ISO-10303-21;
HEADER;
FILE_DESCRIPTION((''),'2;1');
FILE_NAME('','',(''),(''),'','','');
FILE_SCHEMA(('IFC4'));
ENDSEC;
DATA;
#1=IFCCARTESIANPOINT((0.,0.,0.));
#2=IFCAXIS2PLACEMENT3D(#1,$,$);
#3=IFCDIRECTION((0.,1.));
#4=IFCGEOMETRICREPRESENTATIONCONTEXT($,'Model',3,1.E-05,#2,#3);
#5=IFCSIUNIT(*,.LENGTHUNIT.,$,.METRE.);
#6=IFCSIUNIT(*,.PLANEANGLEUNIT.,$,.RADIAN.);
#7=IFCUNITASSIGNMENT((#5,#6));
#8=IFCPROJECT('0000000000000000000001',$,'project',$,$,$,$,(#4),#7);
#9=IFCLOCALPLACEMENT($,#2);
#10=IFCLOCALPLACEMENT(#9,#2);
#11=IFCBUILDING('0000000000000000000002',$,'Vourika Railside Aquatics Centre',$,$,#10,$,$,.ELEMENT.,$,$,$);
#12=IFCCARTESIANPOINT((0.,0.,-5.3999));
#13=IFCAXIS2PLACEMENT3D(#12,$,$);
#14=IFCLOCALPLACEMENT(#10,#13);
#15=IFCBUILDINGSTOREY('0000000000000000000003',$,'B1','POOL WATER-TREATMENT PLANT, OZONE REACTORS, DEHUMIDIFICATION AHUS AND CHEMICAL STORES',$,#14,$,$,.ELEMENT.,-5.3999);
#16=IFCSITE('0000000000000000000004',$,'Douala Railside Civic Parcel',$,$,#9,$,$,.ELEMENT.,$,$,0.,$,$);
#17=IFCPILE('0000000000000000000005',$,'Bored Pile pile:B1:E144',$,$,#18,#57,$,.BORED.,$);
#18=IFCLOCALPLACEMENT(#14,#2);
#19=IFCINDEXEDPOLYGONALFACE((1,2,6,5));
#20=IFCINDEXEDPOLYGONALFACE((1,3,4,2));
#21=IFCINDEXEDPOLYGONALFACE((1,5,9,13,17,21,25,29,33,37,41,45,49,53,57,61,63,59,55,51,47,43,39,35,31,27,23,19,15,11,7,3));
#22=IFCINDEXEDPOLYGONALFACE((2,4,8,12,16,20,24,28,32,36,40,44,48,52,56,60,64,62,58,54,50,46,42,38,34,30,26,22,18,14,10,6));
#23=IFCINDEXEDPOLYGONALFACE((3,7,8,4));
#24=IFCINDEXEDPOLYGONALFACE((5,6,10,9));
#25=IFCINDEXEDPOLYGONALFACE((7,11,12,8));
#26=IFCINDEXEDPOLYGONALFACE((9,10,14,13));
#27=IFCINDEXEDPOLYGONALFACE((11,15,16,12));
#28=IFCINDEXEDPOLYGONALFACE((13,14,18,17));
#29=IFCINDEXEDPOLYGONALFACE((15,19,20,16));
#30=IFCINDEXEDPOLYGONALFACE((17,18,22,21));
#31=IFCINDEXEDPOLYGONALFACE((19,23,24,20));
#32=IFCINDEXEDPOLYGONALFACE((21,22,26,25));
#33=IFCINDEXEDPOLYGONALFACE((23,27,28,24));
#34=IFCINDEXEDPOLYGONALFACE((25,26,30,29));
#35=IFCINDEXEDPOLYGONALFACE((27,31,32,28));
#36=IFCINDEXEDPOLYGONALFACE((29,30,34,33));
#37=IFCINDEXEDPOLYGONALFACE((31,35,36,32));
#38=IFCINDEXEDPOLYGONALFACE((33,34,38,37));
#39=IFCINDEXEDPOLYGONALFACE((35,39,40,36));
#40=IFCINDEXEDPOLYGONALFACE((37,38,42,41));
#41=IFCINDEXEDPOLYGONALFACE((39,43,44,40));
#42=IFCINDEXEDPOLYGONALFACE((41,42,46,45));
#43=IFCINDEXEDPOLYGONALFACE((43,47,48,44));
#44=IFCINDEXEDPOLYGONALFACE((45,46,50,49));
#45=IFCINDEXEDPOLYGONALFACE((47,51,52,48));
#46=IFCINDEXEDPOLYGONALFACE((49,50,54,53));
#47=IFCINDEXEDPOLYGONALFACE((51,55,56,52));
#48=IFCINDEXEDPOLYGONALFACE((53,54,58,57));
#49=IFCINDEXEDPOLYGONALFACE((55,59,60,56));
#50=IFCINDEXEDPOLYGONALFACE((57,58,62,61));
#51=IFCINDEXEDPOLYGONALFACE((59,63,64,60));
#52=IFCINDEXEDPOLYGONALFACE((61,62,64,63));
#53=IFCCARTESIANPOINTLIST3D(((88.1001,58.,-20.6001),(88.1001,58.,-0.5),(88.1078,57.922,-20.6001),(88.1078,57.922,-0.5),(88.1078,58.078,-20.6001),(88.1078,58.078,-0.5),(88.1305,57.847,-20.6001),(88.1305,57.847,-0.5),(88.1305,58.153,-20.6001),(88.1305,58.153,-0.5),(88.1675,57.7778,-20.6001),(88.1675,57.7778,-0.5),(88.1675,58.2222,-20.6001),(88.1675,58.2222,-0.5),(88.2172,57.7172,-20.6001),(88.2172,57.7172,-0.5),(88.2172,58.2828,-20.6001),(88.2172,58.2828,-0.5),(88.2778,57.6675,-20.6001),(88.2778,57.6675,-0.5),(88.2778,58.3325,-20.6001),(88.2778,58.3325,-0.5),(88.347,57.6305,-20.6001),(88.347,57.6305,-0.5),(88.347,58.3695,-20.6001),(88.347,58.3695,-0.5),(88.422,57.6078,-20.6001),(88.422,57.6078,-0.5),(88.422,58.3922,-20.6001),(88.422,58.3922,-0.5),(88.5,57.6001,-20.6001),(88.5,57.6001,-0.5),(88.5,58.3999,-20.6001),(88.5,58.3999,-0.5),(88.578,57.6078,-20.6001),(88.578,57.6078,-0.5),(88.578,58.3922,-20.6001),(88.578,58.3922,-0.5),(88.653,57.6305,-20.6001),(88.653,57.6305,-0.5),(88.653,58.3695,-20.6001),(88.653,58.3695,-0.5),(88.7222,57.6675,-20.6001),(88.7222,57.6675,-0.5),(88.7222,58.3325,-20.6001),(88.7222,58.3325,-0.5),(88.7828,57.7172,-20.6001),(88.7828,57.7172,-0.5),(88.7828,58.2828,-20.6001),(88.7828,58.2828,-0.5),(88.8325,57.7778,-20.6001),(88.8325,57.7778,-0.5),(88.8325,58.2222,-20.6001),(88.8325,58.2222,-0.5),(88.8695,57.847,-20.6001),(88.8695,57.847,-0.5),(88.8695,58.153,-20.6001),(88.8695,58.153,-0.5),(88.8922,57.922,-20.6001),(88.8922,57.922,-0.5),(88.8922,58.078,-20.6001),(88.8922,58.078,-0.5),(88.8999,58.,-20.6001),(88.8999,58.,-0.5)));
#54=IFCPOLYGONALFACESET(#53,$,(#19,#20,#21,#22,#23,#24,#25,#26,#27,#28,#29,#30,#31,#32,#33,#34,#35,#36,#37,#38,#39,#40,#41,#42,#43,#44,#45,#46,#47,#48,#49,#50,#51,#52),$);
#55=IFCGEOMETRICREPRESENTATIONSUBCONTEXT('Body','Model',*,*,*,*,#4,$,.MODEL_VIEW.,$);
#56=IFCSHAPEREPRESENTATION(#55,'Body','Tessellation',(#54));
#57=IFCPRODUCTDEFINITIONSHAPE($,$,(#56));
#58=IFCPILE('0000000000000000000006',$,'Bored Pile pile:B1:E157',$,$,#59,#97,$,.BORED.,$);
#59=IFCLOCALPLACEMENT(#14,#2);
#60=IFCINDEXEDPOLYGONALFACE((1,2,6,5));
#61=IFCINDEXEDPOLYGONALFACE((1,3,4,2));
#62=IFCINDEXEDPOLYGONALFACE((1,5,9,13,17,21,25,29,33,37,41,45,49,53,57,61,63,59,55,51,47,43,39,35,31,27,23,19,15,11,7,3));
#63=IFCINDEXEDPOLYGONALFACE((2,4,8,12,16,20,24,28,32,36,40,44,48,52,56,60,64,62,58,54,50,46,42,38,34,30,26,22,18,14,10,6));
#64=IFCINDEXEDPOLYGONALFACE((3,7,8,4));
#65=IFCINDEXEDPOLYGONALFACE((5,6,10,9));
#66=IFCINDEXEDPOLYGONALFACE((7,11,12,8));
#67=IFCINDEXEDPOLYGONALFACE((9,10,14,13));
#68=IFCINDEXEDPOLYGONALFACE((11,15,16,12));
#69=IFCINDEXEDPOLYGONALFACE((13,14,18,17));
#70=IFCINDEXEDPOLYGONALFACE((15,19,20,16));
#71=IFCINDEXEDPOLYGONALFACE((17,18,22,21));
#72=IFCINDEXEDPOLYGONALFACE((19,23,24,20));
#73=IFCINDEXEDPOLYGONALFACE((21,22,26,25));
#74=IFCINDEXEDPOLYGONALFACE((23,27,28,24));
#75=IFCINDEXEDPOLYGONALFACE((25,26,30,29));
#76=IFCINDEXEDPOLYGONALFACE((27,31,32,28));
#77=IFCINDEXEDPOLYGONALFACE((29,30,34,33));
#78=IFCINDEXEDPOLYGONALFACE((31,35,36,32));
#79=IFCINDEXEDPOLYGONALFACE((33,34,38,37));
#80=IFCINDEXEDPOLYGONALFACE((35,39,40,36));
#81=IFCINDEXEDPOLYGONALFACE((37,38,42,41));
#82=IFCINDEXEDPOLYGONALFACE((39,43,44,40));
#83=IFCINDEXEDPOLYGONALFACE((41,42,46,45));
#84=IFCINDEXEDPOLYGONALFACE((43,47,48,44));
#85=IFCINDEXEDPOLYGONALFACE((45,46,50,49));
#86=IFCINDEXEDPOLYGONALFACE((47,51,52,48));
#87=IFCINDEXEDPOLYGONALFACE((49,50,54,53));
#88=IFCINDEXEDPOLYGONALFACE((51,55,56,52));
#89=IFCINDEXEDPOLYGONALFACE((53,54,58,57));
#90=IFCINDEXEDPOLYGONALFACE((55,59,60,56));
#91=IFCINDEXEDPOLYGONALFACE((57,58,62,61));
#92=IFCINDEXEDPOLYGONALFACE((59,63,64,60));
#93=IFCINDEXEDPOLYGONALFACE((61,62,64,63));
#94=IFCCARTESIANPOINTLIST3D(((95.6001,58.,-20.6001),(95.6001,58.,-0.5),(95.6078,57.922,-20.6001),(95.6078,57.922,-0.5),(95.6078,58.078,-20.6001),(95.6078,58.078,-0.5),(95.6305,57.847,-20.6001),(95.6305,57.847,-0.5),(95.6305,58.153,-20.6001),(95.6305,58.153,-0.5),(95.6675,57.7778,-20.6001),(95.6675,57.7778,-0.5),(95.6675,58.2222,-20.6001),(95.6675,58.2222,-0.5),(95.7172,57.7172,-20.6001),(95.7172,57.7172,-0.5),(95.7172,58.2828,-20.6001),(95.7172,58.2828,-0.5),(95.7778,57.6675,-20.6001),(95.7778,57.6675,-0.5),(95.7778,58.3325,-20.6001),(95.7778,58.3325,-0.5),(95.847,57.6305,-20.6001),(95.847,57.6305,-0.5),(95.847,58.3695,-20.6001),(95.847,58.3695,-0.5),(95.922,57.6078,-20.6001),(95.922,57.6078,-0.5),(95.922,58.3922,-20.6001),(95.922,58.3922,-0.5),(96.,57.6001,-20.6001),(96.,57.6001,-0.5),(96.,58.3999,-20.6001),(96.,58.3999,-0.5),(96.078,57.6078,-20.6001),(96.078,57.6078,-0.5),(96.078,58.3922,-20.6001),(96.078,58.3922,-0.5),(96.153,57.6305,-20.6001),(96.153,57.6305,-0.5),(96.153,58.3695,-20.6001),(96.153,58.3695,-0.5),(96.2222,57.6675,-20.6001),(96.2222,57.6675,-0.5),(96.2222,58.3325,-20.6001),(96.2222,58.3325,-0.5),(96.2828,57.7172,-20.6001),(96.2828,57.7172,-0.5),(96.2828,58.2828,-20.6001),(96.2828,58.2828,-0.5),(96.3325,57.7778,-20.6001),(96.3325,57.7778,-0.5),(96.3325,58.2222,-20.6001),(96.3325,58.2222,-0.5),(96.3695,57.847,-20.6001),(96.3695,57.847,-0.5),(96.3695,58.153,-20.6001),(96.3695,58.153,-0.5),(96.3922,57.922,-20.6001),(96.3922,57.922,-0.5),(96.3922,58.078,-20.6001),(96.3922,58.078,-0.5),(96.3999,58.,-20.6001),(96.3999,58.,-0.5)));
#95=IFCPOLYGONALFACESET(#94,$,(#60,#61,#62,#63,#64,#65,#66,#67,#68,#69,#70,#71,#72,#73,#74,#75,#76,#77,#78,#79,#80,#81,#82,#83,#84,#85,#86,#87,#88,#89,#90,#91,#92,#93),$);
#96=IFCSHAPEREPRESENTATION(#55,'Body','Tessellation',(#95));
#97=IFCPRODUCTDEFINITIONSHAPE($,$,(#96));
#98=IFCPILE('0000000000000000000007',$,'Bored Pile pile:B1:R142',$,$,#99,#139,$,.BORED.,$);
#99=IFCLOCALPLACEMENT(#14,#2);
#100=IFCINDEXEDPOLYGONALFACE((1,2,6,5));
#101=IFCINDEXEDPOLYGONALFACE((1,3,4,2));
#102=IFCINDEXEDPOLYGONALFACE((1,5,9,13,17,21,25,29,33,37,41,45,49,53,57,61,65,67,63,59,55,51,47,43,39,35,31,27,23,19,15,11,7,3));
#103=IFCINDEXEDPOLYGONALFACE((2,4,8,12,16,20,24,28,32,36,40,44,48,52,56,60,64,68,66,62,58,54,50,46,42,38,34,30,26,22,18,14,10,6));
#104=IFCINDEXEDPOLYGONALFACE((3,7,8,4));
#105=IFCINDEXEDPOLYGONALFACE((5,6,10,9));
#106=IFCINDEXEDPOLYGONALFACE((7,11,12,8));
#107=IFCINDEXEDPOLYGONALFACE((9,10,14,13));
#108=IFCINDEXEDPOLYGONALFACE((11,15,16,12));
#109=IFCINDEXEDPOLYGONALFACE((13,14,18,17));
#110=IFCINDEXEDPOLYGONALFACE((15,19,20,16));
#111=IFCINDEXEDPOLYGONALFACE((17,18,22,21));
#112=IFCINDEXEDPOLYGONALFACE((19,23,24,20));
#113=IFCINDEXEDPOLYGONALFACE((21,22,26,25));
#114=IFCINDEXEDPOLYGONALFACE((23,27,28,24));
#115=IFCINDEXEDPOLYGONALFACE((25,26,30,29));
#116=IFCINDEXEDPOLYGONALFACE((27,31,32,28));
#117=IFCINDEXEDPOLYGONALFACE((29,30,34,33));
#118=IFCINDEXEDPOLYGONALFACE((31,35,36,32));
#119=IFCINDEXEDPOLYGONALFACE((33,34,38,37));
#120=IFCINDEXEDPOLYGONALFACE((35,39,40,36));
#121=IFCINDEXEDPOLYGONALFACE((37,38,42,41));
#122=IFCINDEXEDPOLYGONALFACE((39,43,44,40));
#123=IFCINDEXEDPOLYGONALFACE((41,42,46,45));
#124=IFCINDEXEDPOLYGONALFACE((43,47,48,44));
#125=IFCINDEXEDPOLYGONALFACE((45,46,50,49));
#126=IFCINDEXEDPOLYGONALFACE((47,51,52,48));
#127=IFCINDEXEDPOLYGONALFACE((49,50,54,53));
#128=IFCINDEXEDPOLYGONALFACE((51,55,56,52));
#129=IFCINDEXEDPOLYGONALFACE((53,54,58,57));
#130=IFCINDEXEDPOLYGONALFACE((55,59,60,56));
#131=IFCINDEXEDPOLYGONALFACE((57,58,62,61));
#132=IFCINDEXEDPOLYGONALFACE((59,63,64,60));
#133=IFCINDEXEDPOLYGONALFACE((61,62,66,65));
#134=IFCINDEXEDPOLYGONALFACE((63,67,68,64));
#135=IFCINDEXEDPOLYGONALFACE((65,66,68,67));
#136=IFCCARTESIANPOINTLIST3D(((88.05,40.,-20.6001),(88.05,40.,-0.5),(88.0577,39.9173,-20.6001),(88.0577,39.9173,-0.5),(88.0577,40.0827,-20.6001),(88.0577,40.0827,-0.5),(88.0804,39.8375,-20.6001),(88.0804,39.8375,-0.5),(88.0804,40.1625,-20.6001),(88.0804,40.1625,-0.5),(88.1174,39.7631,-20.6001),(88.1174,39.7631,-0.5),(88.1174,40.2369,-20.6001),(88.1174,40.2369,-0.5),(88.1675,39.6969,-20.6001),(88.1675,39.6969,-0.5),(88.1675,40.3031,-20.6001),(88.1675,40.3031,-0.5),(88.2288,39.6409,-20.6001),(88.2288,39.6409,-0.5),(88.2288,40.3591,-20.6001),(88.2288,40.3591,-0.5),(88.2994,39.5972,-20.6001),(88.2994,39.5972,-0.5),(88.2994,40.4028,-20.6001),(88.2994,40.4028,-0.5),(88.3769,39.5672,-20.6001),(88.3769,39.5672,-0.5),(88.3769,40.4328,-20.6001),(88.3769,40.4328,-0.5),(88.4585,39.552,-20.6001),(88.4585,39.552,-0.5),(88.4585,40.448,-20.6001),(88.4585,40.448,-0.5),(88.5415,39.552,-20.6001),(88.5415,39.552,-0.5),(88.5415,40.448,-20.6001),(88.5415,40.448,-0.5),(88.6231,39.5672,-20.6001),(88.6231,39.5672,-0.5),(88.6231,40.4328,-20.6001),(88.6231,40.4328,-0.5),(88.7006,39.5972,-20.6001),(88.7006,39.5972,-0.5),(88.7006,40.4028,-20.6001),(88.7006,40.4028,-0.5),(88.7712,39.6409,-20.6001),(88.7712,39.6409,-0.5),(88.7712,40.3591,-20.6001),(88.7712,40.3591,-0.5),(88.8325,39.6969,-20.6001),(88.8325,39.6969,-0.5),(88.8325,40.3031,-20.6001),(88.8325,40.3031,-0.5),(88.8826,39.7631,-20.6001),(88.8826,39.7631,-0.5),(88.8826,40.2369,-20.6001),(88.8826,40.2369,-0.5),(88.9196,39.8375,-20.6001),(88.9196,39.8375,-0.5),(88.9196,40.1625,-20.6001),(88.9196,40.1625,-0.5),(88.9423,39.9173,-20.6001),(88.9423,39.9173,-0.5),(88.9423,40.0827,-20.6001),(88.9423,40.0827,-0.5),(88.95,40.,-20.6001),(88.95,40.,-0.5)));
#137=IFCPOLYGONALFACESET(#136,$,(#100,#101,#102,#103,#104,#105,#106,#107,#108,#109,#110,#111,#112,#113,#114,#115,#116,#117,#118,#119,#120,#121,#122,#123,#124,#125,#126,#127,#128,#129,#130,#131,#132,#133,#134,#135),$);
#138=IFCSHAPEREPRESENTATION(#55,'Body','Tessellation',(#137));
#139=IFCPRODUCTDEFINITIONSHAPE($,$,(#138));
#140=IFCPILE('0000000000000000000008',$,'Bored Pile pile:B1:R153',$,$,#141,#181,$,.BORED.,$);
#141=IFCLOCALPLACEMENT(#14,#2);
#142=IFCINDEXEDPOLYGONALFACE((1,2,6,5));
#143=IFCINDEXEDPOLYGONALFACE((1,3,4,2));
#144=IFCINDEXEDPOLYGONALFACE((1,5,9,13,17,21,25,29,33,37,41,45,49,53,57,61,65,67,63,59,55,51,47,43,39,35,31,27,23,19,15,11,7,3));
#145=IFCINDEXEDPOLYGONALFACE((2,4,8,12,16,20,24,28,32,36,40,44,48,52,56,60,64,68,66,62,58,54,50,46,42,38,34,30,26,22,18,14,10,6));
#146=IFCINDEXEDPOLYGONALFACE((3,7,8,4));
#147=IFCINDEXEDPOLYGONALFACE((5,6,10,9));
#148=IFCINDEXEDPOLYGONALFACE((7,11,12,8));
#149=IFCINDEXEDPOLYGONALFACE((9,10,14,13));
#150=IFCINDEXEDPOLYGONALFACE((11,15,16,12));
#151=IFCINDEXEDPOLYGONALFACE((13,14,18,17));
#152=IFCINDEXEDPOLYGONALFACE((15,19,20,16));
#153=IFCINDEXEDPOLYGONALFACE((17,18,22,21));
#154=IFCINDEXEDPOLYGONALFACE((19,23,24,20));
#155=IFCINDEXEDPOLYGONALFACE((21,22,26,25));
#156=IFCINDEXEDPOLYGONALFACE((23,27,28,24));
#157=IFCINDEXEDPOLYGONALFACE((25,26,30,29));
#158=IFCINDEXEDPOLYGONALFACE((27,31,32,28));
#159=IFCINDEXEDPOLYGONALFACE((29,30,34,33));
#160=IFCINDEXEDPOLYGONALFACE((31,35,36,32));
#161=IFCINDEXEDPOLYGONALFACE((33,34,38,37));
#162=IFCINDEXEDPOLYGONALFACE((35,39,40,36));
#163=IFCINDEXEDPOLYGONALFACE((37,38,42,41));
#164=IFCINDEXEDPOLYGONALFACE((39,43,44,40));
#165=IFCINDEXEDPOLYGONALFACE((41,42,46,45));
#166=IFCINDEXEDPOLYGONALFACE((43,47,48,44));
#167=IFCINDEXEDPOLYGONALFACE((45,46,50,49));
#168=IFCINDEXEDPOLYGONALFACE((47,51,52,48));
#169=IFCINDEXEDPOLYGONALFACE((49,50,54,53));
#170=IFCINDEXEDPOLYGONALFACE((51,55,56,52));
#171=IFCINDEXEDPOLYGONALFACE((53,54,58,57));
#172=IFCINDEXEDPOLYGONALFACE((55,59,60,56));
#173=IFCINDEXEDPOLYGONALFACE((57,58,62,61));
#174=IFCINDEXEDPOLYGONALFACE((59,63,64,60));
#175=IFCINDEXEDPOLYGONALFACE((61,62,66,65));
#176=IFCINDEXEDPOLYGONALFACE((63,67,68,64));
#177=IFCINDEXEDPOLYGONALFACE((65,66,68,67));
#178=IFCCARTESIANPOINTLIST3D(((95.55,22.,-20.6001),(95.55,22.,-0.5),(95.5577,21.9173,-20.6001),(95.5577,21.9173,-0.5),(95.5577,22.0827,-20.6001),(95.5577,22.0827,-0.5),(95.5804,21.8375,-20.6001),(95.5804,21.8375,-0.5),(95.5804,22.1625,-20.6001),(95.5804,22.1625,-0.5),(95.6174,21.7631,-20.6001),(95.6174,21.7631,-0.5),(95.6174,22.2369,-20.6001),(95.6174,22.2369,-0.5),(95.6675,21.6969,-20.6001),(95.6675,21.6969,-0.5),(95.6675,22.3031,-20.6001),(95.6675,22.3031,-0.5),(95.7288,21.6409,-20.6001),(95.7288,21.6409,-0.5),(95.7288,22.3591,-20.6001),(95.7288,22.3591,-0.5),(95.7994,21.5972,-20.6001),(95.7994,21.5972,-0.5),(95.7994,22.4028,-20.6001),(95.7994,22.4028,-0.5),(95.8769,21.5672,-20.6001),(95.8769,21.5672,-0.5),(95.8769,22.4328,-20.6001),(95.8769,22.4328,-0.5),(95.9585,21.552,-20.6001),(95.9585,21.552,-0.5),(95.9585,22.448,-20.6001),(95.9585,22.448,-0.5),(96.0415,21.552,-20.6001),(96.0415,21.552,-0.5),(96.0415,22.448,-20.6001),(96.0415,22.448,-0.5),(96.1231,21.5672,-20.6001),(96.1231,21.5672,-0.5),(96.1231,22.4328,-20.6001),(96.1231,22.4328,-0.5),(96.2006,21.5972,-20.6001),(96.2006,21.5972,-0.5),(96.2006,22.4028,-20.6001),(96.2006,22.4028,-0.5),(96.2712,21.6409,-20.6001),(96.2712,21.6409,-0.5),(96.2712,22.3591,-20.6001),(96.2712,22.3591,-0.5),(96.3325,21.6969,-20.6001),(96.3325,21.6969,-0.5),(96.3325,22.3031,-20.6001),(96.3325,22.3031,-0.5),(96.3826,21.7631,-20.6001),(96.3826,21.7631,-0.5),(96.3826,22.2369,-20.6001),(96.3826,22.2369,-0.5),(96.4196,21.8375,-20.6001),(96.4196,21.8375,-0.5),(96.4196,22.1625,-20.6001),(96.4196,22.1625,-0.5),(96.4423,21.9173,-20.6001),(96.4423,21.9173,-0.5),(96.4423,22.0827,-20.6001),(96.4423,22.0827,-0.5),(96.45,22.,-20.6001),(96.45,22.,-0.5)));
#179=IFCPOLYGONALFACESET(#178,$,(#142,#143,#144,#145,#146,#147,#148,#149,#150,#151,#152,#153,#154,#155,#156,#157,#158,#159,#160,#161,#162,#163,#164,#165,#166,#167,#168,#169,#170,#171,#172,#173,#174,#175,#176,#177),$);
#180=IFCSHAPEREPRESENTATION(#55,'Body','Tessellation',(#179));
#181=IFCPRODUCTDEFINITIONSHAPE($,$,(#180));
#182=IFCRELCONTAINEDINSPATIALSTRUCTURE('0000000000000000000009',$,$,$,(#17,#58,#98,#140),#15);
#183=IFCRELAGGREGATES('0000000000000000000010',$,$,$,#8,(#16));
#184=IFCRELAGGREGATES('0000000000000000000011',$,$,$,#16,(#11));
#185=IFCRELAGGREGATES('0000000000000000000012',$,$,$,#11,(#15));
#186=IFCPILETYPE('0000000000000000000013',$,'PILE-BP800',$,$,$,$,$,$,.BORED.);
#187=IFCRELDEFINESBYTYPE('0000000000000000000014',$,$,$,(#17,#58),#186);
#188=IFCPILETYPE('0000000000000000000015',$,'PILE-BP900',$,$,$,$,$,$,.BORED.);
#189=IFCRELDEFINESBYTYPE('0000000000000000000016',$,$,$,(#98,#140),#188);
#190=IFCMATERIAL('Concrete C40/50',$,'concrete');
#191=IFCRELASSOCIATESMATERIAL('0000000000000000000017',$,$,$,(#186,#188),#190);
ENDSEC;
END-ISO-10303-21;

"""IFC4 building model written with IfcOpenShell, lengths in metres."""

from ifc_helpers import new_model, si_unit, direction, frame, origin, origin_2d, place, context, subcontext, project, spatial, circle, extrude, material, material_profile, profile_set, type_object, element, save


model = new_model("IFC4")

# Units and contexts
model_context = context("Model", 3, precision=1e-05, world=origin(), true_north=direction((0.0, 1.0)))
body_context = subcontext(model_context, "Body", "Model", "MODEL_VIEW")
ifc_project = project(units=[si_unit("LENGTHUNIT", "METRE"), si_unit("PLANEANGLEUNIT", "RADIAN")], contexts=[model_context])

# Site, building, storey
site_placement = place(None, origin())
site = spatial("IfcSite", under=ifc_project, at=site_placement, Name="Douala Railside Civic Parcel", CompositionType="ELEMENT", RefElevation=0.0)
building_placement = place(site_placement, origin())
building = spatial("IfcBuilding", under=site, at=building_placement, Name="Vourika Railside Aquatics Centre", CompositionType="ELEMENT")
storey_placement = place(building_placement, frame((0.0, 0.0, -5.3999)))
storey = spatial("IfcBuildingStorey", under=building, at=storey_placement, Name="B1", Description="POOL WATER-TREATMENT PLANT, OZONE REACTORS, DEHUMIDIFICATION AHUS AND CHEMICAL STORES", CompositionType="ELEMENT", Elevation=-5.3999)

# Piles
ifc_material_1 = material(Name="Concrete C40/50", Category="concrete")
ifc_material_profile_1 = material_profile(ifc_material_1, circle(Radius=0.3999, at=origin_2d()), Name="BP 800")
ifc_profile_set_1 = profile_set([ifc_material_profile_1], Name="Concrete C40/50")
pile_type_1 = type_object("IfcPileType", Name="PILE-BP800", PredefinedType="BORED", material=ifc_profile_set_1)
for number, where, z_axis, x_axis, name in (
    (1, (88.5, 58.0, -0.5), (0.0, 0.0, -1.0), (1.0, 0.0, 0.0), "Bored Pile pile:B1:E144"),
    (2, (96.0, 58.0, -0.5), (0.0, 0.0, -1.0), (1.0, 0.0, 0.0), "Bored Pile pile:B1:E157"),
):
    element("IfcPile", number, at=place(storey_placement, frame(where, z_axis=z_axis, x_axis=x_axis)), inside=storey, type_object=pile_type_1, Name=name, PredefinedType="BORED", context=body_context, shape_type="SweptSolid", body=[
        extrude(circle(Radius=0.3999, at=origin_2d()), origin(), (0.0, 0.0, 1.0), 20.1001),
    ])
ifc_material_profile_2 = material_profile(ifc_material_1, circle(Radius=0.45, at=origin_2d()), Name="BP 900")
ifc_profile_set_2 = profile_set([ifc_material_profile_2], Name="Concrete C40/50")
pile_type_2 = type_object("IfcPileType", Name="PILE-BP900", PredefinedType="BORED", material=ifc_profile_set_2)
for number, where, z_axis, x_axis, name in (
    (3, (88.5, 40.0, -0.5), (0.0, 0.0, -1.0), (1.0, 0.0, 0.0), "Bored Pile pile:B1:R142"),
    (4, (96.0, 22.0, -0.5), (0.0, 0.0, -1.0), (1.0, 0.0, 0.0), "Bored Pile pile:B1:R153"),
):
    element("IfcPile", number, at=place(storey_placement, frame(where, z_axis=z_axis, x_axis=x_axis)), inside=storey, type_object=pile_type_2, Name=name, PredefinedType="BORED", context=body_context, shape_type="SweptSolid", body=[
        extrude(circle(Radius=0.45, at=origin_2d()), origin(), (0.0, 0.0, 1.0), 20.1001),
    ])

save(model, "model.ifc")
